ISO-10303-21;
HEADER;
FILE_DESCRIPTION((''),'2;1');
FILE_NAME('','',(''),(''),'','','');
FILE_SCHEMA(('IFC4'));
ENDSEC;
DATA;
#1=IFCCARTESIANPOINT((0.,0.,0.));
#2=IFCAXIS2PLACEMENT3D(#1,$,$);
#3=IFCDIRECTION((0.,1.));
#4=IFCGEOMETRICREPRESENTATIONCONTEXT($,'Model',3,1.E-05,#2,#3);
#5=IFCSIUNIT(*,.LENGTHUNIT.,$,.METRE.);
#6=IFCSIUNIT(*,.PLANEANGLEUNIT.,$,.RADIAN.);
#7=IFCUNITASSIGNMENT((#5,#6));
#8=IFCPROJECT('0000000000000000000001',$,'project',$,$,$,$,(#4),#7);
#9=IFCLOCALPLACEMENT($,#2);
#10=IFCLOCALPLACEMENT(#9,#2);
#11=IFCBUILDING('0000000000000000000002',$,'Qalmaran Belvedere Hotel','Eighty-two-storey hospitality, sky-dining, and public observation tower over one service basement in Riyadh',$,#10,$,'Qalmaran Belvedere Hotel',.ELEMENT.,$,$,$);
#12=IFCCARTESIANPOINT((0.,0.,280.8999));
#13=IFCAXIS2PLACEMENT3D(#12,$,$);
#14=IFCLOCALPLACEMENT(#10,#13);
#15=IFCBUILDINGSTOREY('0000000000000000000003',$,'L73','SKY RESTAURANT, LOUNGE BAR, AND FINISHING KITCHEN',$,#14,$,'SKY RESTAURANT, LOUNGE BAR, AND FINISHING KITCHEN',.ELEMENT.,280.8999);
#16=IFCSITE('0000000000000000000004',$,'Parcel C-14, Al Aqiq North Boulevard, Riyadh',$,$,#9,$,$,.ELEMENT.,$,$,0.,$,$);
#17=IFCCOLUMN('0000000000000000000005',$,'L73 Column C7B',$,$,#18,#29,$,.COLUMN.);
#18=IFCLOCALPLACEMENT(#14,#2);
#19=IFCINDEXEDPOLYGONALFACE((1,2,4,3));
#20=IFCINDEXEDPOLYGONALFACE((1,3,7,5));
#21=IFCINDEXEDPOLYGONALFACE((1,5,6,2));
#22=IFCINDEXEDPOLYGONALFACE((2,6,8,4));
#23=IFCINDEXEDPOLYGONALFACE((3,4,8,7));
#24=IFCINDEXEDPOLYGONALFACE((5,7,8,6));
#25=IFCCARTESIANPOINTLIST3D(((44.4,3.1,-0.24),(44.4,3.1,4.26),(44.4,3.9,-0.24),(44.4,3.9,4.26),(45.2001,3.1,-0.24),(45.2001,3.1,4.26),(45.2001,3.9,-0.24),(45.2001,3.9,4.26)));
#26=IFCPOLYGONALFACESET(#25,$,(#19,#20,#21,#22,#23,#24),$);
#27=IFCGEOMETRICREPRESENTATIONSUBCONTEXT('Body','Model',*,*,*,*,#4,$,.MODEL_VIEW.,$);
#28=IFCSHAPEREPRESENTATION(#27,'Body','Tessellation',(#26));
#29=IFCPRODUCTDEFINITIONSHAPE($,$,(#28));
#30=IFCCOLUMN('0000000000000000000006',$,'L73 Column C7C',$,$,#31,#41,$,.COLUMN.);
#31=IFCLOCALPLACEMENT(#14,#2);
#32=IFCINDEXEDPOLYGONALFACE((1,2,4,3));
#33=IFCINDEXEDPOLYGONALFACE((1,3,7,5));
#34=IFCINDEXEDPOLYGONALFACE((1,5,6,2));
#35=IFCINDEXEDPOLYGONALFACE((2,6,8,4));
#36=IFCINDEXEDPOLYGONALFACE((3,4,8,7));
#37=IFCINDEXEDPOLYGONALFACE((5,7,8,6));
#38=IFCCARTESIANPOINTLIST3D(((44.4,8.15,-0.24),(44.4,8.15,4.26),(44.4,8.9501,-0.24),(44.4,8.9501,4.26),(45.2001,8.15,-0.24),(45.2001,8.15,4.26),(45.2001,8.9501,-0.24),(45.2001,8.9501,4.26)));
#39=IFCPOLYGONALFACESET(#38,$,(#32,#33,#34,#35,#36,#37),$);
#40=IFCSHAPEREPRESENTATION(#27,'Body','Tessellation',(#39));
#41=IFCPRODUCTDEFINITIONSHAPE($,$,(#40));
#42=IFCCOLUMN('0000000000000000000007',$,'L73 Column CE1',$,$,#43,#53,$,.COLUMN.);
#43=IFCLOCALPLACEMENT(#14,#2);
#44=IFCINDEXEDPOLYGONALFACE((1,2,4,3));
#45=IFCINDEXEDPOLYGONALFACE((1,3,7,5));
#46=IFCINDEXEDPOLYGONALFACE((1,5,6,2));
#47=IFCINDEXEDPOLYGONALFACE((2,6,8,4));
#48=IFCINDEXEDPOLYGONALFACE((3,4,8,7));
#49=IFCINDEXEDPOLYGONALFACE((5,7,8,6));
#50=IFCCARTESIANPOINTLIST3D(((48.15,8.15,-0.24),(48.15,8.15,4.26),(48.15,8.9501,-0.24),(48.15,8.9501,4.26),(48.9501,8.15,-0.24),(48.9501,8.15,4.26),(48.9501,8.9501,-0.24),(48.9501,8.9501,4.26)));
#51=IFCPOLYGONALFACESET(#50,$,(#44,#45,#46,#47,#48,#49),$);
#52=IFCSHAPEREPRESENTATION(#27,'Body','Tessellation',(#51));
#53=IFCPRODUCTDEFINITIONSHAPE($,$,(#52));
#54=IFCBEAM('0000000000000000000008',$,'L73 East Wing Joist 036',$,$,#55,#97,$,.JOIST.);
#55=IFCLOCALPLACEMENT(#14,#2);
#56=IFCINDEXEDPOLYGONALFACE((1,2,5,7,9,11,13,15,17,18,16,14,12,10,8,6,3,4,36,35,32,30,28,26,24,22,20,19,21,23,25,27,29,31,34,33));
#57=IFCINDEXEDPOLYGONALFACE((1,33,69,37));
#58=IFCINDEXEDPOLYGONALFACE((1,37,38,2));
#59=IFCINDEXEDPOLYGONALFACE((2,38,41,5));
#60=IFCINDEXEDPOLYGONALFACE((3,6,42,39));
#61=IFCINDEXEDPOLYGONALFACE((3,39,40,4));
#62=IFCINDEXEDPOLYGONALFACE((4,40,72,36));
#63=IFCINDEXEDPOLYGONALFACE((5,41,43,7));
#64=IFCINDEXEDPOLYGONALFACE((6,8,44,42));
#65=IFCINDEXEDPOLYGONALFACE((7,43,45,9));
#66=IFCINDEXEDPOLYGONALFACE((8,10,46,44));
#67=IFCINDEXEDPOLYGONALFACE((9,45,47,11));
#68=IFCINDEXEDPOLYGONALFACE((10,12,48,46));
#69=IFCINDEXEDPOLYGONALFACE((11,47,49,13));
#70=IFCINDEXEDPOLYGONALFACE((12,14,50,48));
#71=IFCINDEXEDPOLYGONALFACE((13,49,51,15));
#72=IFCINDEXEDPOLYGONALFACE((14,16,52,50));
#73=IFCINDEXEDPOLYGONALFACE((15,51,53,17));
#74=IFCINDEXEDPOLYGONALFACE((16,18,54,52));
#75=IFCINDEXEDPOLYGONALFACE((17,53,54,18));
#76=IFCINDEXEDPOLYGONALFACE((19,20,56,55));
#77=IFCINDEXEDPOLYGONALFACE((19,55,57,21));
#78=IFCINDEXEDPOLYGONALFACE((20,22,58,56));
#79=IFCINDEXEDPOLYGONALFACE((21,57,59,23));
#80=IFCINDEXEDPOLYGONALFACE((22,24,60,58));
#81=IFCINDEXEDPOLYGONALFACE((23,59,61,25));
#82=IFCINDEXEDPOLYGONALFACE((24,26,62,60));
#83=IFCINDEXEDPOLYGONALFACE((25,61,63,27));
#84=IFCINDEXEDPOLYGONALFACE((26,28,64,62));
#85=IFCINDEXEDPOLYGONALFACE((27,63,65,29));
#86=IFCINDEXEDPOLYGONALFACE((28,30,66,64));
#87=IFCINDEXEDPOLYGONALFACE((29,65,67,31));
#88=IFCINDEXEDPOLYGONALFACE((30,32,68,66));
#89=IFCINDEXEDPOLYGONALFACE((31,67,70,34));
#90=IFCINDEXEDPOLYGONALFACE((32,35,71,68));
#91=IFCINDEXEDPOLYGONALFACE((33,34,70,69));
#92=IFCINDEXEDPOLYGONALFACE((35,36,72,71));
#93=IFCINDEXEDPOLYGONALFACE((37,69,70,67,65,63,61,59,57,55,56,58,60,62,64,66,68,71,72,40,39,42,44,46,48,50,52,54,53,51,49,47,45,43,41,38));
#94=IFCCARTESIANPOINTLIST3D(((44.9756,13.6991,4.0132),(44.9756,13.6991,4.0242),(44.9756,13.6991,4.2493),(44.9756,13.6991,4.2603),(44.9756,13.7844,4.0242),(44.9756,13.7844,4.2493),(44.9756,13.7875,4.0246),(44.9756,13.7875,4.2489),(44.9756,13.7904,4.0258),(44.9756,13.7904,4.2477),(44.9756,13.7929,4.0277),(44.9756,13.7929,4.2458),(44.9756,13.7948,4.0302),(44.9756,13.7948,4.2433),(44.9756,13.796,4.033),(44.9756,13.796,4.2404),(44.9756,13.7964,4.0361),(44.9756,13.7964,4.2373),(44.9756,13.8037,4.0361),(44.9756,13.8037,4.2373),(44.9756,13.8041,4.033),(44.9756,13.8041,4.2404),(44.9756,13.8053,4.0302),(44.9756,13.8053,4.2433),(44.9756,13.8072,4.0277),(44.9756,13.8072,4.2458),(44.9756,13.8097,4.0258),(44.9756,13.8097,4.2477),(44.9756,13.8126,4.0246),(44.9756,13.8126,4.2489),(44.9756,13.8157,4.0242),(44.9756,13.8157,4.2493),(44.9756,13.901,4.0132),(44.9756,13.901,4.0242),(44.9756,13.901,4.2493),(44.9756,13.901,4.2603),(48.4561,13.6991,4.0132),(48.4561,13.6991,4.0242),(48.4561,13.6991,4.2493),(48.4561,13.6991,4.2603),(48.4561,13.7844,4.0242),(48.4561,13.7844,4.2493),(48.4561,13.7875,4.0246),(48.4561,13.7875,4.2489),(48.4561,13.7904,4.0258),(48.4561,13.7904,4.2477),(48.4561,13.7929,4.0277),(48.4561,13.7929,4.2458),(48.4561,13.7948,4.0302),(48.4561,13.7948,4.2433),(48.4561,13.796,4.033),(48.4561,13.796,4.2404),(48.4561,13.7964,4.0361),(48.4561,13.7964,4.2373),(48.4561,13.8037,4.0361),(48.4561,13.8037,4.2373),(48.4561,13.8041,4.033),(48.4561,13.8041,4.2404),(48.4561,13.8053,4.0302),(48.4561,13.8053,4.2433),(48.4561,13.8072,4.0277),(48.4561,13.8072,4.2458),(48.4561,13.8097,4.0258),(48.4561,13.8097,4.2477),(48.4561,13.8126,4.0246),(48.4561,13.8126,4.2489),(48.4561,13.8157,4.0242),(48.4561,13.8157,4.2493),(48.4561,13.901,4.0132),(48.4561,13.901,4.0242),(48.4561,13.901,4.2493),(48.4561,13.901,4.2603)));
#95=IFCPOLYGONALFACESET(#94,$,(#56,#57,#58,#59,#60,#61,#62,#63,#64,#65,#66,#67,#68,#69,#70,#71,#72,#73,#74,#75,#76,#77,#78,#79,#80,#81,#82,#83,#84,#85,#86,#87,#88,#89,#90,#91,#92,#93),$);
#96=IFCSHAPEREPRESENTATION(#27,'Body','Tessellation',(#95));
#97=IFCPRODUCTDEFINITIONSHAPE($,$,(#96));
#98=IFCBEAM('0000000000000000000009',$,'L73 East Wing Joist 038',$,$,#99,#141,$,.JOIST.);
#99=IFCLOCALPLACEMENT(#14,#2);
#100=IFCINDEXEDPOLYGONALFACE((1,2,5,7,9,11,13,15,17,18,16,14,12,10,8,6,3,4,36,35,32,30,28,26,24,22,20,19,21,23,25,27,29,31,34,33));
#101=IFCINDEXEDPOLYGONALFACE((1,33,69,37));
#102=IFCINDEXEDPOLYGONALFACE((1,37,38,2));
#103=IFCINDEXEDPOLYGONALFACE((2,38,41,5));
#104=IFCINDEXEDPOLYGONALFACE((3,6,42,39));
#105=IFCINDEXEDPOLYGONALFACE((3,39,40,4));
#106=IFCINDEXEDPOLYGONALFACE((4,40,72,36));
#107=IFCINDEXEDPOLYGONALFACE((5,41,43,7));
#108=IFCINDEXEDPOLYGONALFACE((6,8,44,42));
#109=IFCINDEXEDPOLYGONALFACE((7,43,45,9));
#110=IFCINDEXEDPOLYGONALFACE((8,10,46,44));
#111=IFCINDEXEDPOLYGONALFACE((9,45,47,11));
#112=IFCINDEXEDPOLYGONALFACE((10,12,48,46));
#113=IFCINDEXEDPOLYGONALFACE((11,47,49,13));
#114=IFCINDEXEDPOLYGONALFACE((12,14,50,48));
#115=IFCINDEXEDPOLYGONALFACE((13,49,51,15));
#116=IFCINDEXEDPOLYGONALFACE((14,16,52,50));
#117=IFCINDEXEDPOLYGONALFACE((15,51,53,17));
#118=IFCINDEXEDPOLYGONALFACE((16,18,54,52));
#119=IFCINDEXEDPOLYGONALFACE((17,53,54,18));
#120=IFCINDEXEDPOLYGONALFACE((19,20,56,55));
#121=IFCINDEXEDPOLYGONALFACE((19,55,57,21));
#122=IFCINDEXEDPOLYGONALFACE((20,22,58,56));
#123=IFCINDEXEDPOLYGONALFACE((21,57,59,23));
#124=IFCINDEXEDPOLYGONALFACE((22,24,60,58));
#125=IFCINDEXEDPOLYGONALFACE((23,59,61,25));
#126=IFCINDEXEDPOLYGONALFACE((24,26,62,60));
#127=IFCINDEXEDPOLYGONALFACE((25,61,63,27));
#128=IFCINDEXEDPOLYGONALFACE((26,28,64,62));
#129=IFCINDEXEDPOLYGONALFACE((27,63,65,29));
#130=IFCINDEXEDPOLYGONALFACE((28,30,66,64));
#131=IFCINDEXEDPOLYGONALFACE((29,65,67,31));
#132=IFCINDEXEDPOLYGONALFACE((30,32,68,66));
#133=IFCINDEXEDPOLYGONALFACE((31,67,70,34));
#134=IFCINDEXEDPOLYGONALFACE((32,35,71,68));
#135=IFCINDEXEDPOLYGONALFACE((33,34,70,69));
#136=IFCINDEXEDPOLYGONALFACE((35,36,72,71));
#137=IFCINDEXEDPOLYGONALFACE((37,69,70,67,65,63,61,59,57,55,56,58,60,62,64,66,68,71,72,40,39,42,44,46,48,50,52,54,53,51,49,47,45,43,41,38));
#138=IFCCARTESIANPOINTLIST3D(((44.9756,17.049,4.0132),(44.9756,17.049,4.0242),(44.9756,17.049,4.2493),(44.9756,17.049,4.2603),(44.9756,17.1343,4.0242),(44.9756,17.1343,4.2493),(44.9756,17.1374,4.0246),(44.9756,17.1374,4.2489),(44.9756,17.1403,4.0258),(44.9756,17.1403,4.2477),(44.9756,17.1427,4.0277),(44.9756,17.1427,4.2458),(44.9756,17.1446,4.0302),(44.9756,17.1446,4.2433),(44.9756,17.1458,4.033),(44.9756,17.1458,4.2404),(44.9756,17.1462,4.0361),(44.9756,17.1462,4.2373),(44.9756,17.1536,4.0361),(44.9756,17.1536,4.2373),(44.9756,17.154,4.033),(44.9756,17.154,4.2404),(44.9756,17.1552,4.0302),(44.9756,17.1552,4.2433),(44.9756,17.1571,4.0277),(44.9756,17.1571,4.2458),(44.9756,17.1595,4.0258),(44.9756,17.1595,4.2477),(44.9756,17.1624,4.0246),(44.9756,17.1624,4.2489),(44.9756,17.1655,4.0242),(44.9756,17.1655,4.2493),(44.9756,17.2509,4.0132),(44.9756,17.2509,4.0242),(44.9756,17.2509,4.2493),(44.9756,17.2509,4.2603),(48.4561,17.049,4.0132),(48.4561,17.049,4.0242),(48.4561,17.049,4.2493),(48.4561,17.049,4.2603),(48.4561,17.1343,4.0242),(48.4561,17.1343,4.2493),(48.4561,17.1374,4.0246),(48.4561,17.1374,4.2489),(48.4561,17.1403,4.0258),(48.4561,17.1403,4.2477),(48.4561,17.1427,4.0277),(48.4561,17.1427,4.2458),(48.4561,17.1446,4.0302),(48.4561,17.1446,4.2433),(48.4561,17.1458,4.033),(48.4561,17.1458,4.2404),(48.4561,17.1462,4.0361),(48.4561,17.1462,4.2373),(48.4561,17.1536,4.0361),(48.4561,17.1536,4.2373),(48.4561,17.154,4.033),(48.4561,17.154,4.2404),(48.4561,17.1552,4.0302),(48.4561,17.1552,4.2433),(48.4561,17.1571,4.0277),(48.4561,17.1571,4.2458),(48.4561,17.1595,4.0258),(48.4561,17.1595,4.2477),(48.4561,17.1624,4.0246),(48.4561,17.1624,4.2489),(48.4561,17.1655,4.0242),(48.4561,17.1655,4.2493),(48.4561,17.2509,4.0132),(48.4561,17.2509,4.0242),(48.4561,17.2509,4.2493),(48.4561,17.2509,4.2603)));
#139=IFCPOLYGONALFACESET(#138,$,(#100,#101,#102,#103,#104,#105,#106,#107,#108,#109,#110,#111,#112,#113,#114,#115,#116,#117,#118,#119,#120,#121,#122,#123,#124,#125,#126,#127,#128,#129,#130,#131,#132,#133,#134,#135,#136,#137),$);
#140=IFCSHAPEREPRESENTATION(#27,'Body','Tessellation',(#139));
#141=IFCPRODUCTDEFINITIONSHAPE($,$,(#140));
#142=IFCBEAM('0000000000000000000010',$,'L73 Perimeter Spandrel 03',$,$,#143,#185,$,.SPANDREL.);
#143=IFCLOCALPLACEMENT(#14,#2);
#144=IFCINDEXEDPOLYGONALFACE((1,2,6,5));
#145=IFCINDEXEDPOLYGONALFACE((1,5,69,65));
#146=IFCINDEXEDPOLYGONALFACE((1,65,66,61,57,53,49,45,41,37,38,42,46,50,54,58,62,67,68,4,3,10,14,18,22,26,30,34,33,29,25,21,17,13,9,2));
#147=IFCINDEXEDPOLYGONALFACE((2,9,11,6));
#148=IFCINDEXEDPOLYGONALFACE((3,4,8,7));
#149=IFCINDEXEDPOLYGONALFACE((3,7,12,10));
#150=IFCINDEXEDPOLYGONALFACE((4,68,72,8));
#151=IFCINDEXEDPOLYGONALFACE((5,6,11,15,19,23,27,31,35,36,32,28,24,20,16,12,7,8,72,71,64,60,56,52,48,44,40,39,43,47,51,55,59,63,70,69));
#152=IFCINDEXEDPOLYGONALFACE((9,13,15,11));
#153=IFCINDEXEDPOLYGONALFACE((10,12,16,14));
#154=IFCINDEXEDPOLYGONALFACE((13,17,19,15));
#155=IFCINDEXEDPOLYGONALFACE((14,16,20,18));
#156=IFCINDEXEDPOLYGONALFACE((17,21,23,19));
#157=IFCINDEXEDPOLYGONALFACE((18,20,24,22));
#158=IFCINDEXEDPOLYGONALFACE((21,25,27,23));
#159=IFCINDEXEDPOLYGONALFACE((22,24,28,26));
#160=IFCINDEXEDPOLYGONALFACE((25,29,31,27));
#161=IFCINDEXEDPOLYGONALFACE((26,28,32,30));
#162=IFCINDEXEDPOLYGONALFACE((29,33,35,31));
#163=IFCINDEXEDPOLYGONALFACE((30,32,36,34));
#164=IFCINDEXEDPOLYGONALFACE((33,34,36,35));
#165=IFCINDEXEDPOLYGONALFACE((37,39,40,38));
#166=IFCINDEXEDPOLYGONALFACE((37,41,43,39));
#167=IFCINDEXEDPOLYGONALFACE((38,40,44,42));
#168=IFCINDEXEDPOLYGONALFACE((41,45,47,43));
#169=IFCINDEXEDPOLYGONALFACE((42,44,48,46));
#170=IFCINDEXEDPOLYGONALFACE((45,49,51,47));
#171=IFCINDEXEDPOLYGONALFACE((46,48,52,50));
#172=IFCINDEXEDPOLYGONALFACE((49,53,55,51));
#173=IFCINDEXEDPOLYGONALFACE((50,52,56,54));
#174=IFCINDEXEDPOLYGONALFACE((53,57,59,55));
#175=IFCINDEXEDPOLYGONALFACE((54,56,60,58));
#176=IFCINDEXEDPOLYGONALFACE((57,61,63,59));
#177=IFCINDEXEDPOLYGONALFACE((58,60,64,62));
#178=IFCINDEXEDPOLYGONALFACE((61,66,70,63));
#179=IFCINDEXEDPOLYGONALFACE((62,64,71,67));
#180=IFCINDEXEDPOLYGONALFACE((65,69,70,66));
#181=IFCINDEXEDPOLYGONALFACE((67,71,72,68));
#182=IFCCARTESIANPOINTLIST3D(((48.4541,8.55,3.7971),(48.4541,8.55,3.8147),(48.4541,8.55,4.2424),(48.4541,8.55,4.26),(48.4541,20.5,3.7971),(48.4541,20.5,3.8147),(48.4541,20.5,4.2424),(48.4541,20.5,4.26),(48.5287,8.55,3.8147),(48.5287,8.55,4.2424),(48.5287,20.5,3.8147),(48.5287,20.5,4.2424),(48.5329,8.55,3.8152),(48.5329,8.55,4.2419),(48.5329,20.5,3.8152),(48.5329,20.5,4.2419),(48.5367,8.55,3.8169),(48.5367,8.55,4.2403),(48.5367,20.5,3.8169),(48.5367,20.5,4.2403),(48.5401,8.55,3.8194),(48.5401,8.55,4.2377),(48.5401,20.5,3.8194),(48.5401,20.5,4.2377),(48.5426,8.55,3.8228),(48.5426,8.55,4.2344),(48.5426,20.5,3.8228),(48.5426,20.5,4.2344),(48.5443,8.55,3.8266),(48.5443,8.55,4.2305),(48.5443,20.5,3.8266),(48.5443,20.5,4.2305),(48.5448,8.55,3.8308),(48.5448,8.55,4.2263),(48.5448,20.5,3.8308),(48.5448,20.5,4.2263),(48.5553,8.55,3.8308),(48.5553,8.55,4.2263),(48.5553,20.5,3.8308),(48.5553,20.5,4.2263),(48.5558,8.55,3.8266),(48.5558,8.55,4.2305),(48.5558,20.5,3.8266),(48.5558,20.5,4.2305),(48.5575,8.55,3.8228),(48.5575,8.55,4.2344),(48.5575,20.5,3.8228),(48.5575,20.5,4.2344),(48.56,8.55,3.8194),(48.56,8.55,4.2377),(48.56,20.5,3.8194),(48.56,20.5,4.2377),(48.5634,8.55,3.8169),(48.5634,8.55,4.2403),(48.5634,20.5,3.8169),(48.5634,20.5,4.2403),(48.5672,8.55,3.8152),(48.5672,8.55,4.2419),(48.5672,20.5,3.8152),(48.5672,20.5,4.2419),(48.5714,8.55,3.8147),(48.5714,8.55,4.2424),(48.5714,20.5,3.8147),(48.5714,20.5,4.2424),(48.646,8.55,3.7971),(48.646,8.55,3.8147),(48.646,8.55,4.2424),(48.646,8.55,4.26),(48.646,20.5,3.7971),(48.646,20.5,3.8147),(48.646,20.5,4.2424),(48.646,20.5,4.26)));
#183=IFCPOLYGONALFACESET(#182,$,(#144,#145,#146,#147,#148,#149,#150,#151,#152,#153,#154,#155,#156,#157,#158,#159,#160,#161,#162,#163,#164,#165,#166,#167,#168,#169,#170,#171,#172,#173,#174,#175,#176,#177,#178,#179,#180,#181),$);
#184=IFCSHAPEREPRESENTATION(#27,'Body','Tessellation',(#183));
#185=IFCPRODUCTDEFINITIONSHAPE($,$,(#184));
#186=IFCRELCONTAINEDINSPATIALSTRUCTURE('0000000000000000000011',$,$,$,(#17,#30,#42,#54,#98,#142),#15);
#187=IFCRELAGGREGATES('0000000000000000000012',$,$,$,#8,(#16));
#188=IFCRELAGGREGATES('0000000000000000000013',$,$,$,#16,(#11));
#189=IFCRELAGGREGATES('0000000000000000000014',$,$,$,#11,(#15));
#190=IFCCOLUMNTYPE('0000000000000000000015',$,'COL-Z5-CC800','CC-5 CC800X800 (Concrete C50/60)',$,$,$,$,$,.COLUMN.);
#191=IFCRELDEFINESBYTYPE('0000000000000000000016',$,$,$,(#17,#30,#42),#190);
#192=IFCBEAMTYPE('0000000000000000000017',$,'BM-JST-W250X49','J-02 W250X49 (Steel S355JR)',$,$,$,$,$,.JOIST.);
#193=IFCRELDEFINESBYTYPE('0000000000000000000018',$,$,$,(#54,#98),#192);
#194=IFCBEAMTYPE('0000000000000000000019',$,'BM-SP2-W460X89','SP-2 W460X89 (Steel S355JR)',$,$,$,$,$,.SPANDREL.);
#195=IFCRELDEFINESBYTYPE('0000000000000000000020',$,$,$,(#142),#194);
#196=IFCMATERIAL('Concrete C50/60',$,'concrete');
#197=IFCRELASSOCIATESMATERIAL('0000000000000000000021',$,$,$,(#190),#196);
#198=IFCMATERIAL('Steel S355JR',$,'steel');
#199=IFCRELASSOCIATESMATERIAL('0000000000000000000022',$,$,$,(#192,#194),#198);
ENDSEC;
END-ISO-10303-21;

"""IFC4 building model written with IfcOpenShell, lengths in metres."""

from ifc_helpers import new_model, si_unit, direction, frame, origin, origin_2d, place, context, subcontext, project, spatial, rectangle, i_section, extrude, material, material_profile, profile_set, type_object, element, save


model = new_model("IFC4")

# Units and contexts
model_context = context("Model", 3, precision=1e-05, world=origin(), true_north=direction((0.0, 1.0)))
body_context = subcontext(model_context, "Body", "Model", "MODEL_VIEW")
ifc_project = project(units=[si_unit("LENGTHUNIT", "METRE"), si_unit("PLANEANGLEUNIT", "RADIAN")], contexts=[model_context])

# Site, building, storey
site_placement = place(None, origin())
site = spatial("IfcSite", under=ifc_project, at=site_placement, Name="Parcel C-14, Al Aqiq North Boulevard, Riyadh", CompositionType="ELEMENT", RefElevation=0.0)
building_placement = place(site_placement, origin())
building = spatial("IfcBuilding", under=site, at=building_placement, Name="Qalmaran Belvedere Hotel", Description="Eighty-two-storey hospitality, sky-dining, and public observation tower over one service basement in Riyadh", LongName="Qalmaran Belvedere Hotel", CompositionType="ELEMENT")
storey_placement = place(building_placement, frame((0.0, 0.0, 280.8999)))
storey = spatial("IfcBuildingStorey", under=building, at=storey_placement, Name="L73", Description="SKY RESTAURANT, LOUNGE BAR, AND FINISHING KITCHEN", LongName="SKY RESTAURANT, LOUNGE BAR, AND FINISHING KITCHEN", CompositionType="ELEMENT", Elevation=280.8999)

# Columns
ifc_material_1 = material(Name="Concrete C50/60", Category="concrete")
ifc_material_profile_1 = material_profile(ifc_material_1, rectangle(XDim=0.8, YDim=0.8, at=origin_2d()), Name="CC800X800")
ifc_profile_set_1 = profile_set([ifc_material_profile_1], Name="Concrete C50/60")
column_type = type_object("IfcColumnType", Name="COL-Z5-CC800", Description="CC-5 CC800X800 (Concrete C50/60)", PredefinedType="COLUMN", material=ifc_profile_set_1)
for number, where, z_axis, x_axis, name in (
    (1, (44.8, 3.5, -0.24), (0.0, 0.0, 1.0), (1.0, 0.0, 0.0), "L73 Column C7B"),
    (2, (44.8, 8.55, -0.24), (0.0, 0.0, 1.0), (1.0, 0.0, 0.0), "L73 Column C7C"),
    (3, (48.55, 8.55, -0.24), (0.0, 0.0, 1.0), (1.0, 0.0, 0.0), "L73 Column CE1"),
):
    element("IfcColumn", number, at=place(storey_placement, frame(where, z_axis=z_axis, x_axis=x_axis)), inside=storey, type_object=column_type, Name=name, PredefinedType="COLUMN", context=body_context, shape_type="SweptSolid", body=[
        extrude(rectangle(XDim=0.8, YDim=0.8, at=origin_2d()), origin(), (0.0, 0.0, 1.0), 4.5),
    ])

# Beams
ifc_material_2 = material(Name="Steel S355JR", Category="steel")
ifc_material_profile_2 = material_profile(ifc_material_2, i_section(OverallWidth=0.2019, OverallDepth=0.2471, WebThickness=0.0073, FlangeThickness=0.011, FilletRadius=0.012, at=origin_2d()), Name="W250X49")
ifc_profile_set_2 = profile_set([ifc_material_profile_2], Name="Steel S355JR")
beam_type_1 = type_object("IfcBeamType", Name="BM-JST-W250X49", Description="J-02 W250X49 (Steel S355JR)", PredefinedType="JOIST", material=ifc_profile_set_2)
for number, where, z_axis, x_axis, name in (
    (4, (44.9756, 13.8, 4.1367), (1.0, 0.0, 0.0), (0.0, 1.0, 0.0), "L73 East Wing Joist 036"),
    (5, (44.9756, 17.1499, 4.1367), (1.0, 0.0, 0.0), (0.0, 1.0, 0.0), "L73 East Wing Joist 038"),
):
    element("IfcBeam", number, at=place(storey_placement, frame(where, z_axis=z_axis, x_axis=x_axis)), inside=storey, type_object=beam_type_1, Name=name, PredefinedType="JOIST", context=body_context, shape_type="SweptSolid", body=[
        extrude(i_section(OverallWidth=0.2019, OverallDepth=0.2471, WebThickness=0.0073, FlangeThickness=0.011, FilletRadius=0.012, at=origin_2d()), origin(), (0.0, 0.0, 1.0), 3.4805),
    ])
ifc_material_profile_3 = material_profile(ifc_material_2, i_section(OverallWidth=0.1919, OverallDepth=0.4629, WebThickness=0.0105, FlangeThickness=0.0176, FilletRadius=0.0161, at=origin_2d()), Name="W460X89")
ifc_profile_set_3 = profile_set([ifc_material_profile_3], Name="Steel S355JR")
beam_type_2 = type_object("IfcBeamType", Name="BM-SP2-W460X89", Description="SP-2 W460X89 (Steel S355JR)", PredefinedType="SPANDREL", material=ifc_profile_set_3)
beam_1_placement = place(storey_placement, frame((48.55, 8.55, 4.0286), z_axis=(0.0, 1.0, 0.0), x_axis=(-1.0, 0.0, 0.0)))
element("IfcBeam", 6, at=beam_1_placement, inside=storey, type_object=beam_type_2, Name="L73 Perimeter Spandrel 03", PredefinedType="SPANDREL", context=body_context, shape_type="SweptSolid", body=[
    extrude(i_section(OverallWidth=0.1919, OverallDepth=0.4629, WebThickness=0.0105, FlangeThickness=0.0176, FilletRadius=0.0161, at=origin_2d()), origin(), (0.0, 0.0, 1.0), 11.95),
])

save(model, "model.ifc")
